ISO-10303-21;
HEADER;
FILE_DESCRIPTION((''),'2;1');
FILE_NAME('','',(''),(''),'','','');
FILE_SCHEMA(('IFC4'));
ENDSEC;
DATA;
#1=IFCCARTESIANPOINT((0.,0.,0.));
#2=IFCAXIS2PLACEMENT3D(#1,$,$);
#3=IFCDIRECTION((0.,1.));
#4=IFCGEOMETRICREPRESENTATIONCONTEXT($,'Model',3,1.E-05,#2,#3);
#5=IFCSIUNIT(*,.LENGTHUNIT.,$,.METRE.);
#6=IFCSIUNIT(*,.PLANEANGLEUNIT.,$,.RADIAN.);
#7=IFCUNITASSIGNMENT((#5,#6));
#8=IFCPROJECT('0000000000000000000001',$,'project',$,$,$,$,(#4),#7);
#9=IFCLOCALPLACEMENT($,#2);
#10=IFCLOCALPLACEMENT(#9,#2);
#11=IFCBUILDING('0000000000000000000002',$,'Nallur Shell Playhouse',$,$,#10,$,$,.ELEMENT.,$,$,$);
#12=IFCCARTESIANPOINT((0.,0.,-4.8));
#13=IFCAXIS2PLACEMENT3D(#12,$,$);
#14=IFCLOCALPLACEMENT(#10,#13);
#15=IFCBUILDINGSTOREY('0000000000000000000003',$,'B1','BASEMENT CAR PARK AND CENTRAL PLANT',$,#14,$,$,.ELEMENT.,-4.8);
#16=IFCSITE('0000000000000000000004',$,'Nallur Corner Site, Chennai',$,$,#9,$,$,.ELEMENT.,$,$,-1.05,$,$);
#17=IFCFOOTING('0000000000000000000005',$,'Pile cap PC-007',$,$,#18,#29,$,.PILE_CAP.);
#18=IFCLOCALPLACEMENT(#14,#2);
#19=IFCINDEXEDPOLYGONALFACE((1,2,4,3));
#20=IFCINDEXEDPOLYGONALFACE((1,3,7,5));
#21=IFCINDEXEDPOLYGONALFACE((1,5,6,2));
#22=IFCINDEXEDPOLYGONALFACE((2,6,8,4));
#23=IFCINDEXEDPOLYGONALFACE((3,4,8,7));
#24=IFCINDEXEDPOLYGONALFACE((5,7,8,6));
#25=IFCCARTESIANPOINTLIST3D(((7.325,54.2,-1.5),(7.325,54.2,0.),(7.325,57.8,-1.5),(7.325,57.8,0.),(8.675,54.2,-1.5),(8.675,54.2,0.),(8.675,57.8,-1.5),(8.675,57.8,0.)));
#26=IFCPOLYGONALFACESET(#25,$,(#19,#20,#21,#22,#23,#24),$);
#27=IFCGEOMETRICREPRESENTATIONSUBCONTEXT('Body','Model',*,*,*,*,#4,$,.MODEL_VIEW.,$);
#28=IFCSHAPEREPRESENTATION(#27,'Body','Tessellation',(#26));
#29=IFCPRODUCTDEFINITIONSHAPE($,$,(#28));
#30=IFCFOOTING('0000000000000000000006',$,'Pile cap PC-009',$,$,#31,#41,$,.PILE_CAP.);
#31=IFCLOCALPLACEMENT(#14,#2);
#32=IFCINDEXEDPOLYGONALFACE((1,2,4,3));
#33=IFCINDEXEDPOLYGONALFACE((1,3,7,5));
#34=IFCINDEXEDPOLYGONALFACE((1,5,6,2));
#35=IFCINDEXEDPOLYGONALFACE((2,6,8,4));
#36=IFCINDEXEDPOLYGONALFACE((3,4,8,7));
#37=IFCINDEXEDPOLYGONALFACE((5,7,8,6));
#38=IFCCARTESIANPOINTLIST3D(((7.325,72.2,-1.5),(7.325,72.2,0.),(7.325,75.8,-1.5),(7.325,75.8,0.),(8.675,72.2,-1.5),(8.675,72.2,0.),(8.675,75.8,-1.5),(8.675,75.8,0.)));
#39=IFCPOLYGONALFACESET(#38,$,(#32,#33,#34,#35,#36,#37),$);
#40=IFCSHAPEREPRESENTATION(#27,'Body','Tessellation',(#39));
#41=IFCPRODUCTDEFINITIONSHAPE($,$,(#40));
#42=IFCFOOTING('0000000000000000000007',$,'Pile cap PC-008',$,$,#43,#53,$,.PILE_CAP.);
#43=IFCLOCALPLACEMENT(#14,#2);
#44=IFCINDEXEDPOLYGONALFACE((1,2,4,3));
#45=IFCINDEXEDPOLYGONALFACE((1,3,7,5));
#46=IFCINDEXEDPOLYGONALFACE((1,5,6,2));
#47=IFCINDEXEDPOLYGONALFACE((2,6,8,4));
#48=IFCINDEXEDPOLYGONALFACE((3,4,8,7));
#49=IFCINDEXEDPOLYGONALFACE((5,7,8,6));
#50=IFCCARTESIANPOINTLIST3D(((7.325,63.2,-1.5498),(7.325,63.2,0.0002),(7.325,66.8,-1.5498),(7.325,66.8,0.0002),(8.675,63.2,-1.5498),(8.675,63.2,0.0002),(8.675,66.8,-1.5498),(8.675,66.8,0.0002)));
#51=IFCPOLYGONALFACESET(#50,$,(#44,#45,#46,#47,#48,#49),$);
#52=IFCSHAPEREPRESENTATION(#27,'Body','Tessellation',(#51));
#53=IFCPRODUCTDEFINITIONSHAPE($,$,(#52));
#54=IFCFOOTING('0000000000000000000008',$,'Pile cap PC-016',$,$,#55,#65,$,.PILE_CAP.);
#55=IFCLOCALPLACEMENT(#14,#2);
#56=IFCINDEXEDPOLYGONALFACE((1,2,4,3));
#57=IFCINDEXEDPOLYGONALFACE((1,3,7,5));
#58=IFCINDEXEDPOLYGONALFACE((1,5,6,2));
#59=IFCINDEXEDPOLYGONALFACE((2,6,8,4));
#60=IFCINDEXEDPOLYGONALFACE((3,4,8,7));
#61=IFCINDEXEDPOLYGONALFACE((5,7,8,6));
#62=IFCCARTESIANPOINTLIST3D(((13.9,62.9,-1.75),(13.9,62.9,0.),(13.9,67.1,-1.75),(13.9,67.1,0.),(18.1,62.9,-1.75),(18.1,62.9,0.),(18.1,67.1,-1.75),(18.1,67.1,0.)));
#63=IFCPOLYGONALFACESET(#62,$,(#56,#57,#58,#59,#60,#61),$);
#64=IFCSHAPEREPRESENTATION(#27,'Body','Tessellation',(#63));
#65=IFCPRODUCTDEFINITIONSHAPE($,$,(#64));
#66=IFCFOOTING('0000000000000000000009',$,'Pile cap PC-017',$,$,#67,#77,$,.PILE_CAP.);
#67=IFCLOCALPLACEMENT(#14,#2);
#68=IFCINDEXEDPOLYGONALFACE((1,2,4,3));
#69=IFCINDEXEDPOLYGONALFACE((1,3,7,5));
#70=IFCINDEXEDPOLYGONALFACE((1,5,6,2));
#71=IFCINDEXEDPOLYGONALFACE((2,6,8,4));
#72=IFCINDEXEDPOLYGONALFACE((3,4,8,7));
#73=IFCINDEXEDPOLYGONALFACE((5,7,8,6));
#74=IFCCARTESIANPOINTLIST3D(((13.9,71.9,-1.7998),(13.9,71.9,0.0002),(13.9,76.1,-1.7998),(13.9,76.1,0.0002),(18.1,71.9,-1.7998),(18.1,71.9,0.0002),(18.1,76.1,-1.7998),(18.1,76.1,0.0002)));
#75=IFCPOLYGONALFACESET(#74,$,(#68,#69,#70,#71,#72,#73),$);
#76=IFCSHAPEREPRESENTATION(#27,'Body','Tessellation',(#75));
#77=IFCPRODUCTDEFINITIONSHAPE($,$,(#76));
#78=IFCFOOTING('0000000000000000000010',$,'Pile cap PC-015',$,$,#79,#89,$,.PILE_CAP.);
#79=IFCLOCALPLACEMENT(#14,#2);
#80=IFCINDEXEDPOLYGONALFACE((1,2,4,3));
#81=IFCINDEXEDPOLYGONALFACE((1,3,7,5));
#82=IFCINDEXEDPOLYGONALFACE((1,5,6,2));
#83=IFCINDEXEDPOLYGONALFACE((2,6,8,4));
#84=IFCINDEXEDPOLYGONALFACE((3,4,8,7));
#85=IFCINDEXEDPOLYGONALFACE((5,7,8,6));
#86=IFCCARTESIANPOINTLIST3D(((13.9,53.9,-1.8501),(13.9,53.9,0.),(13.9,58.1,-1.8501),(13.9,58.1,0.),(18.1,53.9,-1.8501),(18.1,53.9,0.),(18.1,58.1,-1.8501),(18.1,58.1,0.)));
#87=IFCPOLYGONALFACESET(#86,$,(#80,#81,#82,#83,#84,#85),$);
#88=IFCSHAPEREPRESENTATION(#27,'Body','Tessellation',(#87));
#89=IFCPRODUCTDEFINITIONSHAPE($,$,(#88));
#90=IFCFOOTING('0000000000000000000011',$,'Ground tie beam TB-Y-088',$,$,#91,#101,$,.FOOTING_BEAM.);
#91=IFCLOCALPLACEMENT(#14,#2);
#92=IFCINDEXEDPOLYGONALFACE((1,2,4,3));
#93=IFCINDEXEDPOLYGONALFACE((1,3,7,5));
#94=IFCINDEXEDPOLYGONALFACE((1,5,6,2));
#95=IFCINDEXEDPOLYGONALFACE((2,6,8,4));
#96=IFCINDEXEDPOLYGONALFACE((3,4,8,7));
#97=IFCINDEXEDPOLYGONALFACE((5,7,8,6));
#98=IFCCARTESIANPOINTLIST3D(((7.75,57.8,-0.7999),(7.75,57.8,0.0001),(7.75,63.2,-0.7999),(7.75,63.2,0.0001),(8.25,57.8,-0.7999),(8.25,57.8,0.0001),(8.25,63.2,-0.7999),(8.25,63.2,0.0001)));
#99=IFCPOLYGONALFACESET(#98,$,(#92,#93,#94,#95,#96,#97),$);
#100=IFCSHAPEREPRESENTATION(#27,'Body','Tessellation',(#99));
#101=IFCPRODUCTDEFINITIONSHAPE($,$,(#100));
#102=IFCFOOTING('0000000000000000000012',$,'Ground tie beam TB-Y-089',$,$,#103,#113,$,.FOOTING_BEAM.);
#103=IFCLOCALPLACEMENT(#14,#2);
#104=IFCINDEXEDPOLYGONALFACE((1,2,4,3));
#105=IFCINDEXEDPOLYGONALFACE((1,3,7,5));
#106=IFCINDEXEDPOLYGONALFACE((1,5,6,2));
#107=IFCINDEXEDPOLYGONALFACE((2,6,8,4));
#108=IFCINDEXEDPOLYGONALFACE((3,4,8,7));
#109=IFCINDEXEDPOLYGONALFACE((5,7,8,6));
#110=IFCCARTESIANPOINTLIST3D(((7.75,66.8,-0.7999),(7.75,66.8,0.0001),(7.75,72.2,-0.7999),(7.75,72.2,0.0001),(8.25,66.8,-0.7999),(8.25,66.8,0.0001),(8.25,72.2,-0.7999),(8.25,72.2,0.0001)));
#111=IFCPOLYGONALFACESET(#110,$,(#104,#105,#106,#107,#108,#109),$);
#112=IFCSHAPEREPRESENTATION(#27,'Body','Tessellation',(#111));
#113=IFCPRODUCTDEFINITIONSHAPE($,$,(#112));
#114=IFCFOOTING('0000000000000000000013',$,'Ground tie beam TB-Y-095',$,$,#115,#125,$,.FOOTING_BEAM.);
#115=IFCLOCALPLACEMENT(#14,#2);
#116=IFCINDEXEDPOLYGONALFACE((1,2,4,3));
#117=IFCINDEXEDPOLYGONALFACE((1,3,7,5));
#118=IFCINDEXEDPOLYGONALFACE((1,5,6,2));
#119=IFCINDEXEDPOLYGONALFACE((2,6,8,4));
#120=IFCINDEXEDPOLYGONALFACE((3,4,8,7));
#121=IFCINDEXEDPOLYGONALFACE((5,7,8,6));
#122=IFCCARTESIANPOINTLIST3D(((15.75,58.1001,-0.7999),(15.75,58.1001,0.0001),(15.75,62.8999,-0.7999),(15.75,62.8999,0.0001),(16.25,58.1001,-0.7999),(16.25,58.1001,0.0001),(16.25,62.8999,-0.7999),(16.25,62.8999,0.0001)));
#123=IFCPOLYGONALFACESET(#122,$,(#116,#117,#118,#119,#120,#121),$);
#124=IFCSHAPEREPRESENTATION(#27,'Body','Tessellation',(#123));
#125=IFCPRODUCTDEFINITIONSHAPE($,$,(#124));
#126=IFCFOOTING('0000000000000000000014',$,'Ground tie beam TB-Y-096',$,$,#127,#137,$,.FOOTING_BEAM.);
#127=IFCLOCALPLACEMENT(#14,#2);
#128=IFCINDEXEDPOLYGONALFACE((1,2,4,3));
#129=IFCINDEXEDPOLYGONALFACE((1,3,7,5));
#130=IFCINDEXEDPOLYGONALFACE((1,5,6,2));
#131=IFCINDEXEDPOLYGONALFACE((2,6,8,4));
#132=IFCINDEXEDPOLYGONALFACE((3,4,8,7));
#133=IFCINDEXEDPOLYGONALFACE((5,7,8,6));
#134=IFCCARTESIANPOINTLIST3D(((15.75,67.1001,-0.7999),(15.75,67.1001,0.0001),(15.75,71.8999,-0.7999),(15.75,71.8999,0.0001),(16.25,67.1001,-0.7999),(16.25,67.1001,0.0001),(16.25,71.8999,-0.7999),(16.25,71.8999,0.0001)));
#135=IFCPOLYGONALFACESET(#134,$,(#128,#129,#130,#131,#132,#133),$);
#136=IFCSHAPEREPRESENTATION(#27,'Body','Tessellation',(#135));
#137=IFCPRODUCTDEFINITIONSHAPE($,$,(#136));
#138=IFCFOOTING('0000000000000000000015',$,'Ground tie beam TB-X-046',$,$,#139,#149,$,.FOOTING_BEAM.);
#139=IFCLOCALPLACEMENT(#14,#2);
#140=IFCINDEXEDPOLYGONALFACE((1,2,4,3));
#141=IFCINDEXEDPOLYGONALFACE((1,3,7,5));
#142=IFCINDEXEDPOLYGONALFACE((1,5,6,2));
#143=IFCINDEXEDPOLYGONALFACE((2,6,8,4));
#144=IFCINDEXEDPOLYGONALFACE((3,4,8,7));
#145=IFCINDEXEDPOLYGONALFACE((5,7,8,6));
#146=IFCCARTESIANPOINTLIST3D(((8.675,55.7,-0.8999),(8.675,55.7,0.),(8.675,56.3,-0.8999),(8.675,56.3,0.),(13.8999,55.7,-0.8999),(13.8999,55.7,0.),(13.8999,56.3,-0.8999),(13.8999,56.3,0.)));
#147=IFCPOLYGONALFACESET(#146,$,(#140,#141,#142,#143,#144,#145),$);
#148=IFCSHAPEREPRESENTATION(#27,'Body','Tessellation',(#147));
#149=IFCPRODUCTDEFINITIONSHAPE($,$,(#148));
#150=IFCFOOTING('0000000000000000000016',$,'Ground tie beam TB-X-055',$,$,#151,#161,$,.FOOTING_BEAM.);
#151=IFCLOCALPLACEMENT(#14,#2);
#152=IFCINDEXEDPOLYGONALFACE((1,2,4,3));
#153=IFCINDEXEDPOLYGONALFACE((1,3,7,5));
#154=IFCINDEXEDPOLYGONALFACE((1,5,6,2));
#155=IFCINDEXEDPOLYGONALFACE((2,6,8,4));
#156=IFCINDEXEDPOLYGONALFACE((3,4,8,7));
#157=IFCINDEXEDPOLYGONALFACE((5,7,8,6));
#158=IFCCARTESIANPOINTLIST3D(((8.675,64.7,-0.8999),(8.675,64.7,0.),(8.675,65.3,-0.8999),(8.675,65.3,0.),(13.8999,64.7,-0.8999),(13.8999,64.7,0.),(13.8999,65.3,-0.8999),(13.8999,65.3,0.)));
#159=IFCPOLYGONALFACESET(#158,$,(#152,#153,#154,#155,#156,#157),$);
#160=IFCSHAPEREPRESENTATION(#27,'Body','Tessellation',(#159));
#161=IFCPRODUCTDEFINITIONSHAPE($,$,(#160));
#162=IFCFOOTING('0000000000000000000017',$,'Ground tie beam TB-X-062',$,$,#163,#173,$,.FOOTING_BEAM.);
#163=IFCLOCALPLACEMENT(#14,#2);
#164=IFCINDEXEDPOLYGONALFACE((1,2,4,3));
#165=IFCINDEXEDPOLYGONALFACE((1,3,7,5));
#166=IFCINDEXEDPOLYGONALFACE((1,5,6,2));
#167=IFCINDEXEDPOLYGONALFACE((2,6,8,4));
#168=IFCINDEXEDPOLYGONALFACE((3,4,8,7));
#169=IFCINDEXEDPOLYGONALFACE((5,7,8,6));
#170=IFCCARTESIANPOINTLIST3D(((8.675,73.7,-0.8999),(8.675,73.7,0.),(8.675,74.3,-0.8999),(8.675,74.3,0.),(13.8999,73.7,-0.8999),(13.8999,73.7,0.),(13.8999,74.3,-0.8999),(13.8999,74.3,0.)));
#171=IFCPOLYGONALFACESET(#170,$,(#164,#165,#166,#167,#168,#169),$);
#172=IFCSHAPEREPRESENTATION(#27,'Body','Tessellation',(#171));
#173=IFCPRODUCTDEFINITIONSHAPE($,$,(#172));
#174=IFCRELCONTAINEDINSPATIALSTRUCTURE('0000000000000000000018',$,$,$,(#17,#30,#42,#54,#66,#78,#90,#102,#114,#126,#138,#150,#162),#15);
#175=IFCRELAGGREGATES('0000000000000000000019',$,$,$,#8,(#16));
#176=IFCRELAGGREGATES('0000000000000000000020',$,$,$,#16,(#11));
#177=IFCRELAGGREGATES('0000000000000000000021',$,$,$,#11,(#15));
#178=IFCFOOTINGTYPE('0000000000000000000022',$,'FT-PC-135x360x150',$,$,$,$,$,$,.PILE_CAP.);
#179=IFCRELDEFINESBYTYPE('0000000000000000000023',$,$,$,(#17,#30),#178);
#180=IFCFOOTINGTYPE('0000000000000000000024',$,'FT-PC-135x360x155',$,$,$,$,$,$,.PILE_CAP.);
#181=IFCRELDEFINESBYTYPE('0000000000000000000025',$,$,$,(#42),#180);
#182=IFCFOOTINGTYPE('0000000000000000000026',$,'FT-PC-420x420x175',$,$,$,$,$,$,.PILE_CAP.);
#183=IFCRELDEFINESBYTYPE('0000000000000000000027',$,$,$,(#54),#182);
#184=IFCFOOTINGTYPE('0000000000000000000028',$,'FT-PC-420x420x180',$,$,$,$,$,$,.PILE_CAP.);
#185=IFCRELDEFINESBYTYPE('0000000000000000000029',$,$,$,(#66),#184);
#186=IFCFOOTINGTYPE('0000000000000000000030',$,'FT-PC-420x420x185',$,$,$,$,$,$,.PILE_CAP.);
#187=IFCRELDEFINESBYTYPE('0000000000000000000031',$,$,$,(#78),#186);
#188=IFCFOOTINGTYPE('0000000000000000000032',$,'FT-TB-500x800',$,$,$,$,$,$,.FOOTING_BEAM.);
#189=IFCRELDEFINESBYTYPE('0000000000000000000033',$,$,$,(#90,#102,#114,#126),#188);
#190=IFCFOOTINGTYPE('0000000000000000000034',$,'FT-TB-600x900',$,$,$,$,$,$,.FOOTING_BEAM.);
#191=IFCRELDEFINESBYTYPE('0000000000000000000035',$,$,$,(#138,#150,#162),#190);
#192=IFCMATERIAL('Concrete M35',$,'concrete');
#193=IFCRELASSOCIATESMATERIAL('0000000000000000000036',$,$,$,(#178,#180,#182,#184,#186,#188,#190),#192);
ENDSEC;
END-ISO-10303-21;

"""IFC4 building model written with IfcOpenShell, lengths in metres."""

from ifc_helpers import new_model, si_unit, direction, frame, origin, origin_2d, place, context, subcontext, project, spatial, rectangle, extrude, material, material_profile, profile_set, type_object, element, save


model = new_model("IFC4")

# Units and contexts
model_context = context("Model", 3, precision=1e-05, world=origin(), true_north=direction((0.0, 1.0)))
body_context = subcontext(model_context, "Body", "Model", "MODEL_VIEW")
ifc_project = project(units=[si_unit("LENGTHUNIT", "METRE"), si_unit("PLANEANGLEUNIT", "RADIAN")], contexts=[model_context])

# Site, building, storey
site_placement = place(None, origin())
site = spatial("IfcSite", under=ifc_project, at=site_placement, Name="Nallur Corner Site, Chennai", CompositionType="ELEMENT", RefElevation=-1.05)
building_placement = place(site_placement, origin())
building = spatial("IfcBuilding", under=site, at=building_placement, Name="Nallur Shell Playhouse", CompositionType="ELEMENT")
storey_placement = place(building_placement, frame((0.0, 0.0, -4.8)))
storey = spatial("IfcBuildingStorey", under=building, at=storey_placement, Name="B1", Description="BASEMENT CAR PARK AND CENTRAL PLANT", CompositionType="ELEMENT", Elevation=-4.8)

# Footings
ifc_material_1 = material(Name="Concrete M35", Category="concrete")
footing_type_1 = type_object("IfcFootingType", Name="FT-PC-135x360x150", PredefinedType="PILE_CAP", material=ifc_material_1)
for number, where, z_axis, x_axis, name in (
    (1, (8.0, 56.0, -1.5), (0.0, 0.0, 1.0), (1.0, 0.0, 0.0), "Pile cap PC-007"),
    (2, (8.0, 74.0, -1.5), (0.0, 0.0, 1.0), (1.0, 0.0, 0.0), "Pile cap PC-009"),
):
    element("IfcFooting", number, at=place(storey_placement, frame(where, z_axis=z_axis, x_axis=x_axis)), inside=storey, type_object=footing_type_1, Name=name, PredefinedType="PILE_CAP", context=body_context, shape_type="SweptSolid", body=[
        extrude(rectangle(XDim=1.3501, YDim=3.6001, at=origin_2d()), origin(), (0.0, 0.0, 1.0), 1.5),
    ])
footing_type_2 = type_object("IfcFootingType", Name="FT-PC-135x360x155", PredefinedType="PILE_CAP", material=ifc_material_1)
footing_1_placement = place(storey_placement, frame((8.0, 65.0, -1.5498), z_axis=(0.0, 0.0, 1.0), x_axis=(1.0, 0.0, 0.0)))
element("IfcFooting", 3, at=footing_1_placement, inside=storey, type_object=footing_type_2, Name="Pile cap PC-008", PredefinedType="PILE_CAP", context=body_context, shape_type="SweptSolid", body=[
    extrude(rectangle(XDim=1.3501, YDim=3.6001, at=origin_2d()), origin(), (0.0, 0.0, 1.0), 1.55),
])
footing_type_3 = type_object("IfcFootingType", Name="FT-PC-420x420x175", PredefinedType="PILE_CAP", material=ifc_material_1)
footing_2_placement = place(storey_placement, frame((16.0, 65.0, -1.75), z_axis=(0.0, 0.0, 1.0), x_axis=(1.0, 0.0, 0.0)))
element("IfcFooting", 4, at=footing_2_placement, inside=storey, type_object=footing_type_3, Name="Pile cap PC-016", PredefinedType="PILE_CAP", context=body_context, shape_type="SweptSolid", body=[
    extrude(rectangle(XDim=4.2, YDim=4.2, at=origin_2d()), origin(), (0.0, 0.0, 1.0), 1.75),
])
footing_type_4 = type_object("IfcFootingType", Name="FT-PC-420x420x180", PredefinedType="PILE_CAP", material=ifc_material_1)
footing_3_placement = place(storey_placement, frame((16.0, 74.0, -1.7998), z_axis=(0.0, 0.0, 1.0), x_axis=(1.0, 0.0, 0.0)))
element("IfcFooting", 5, at=footing_3_placement, inside=storey, type_object=footing_type_4, Name="Pile cap PC-017", PredefinedType="PILE_CAP", context=body_context, shape_type="SweptSolid", body=[
    extrude(rectangle(XDim=4.2, YDim=4.2, at=origin_2d()), origin(), (0.0, 0.0, 1.0), 1.8),
])
footing_type_5 = type_object("IfcFootingType", Name="FT-PC-420x420x185", PredefinedType="PILE_CAP", material=ifc_material_1)
footing_4_placement = place(storey_placement, frame((16.0, 56.0, -1.8501), z_axis=(0.0, 0.0, 1.0), x_axis=(1.0, 0.0, 0.0)))
element("IfcFooting", 6, at=footing_4_placement, inside=storey, type_object=footing_type_5, Name="Pile cap PC-015", PredefinedType="PILE_CAP", context=body_context, shape_type="SweptSolid", body=[
    extrude(rectangle(XDim=4.2, YDim=4.2, at=origin_2d()), origin(), (0.0, 0.0, 1.0), 1.8501),
])
ifc_material_profile_1 = material_profile(ifc_material_1, rectangle(XDim=0.5, YDim=0.8, at=origin_2d()), Name="RC 500x800")
ifc_profile_set_1 = profile_set([ifc_material_profile_1], Name="Concrete M35")
footing_type_6 = type_object("IfcFootingType", Name="FT-TB-500x800", PredefinedType="FOOTING_BEAM", material=ifc_profile_set_1)
for number, where, z_axis, x_axis, name in (
    (7, (8.0, 57.8, -0.3999), (0.0, 1.0, 0.0), (-1.0, 0.0, 0.0), "Ground tie beam TB-Y-088"),
    (8, (8.0, 66.8, -0.3999), (0.0, 1.0, 0.0), (-1.0, 0.0, 0.0), "Ground tie beam TB-Y-089"),
):
    element("IfcFooting", number, at=place(storey_placement, frame(where, z_axis=z_axis, x_axis=x_axis)), inside=storey, type_object=footing_type_6, Name=name, PredefinedType="FOOTING_BEAM", context=body_context, shape_type="SweptSolid", body=[
        extrude(rectangle(XDim=0.5, YDim=0.8, at=origin_2d()), origin(), (0.0, 0.0, 1.0), 5.3999),
    ])
for number, where, z_axis, x_axis, name in (
    (9, (16.0, 58.1001, -0.3999), (0.0, 1.0, 0.0), (-1.0, 0.0, 0.0), "Ground tie beam TB-Y-095"),
    (10, (16.0, 67.1001, -0.3999), (0.0, 1.0, 0.0), (-1.0, 0.0, 0.0), "Ground tie beam TB-Y-096"),
):
    element("IfcFooting", number, at=place(storey_placement, frame(where, z_axis=z_axis, x_axis=x_axis)), inside=storey, type_object=footing_type_6, Name=name, PredefinedType="FOOTING_BEAM", context=body_context, shape_type="SweptSolid", body=[
        extrude(rectangle(XDim=0.5, YDim=0.8, at=origin_2d()), origin(), (0.0, 0.0, 1.0), 4.7998),
    ])
ifc_material_profile_2 = material_profile(ifc_material_1, rectangle(XDim=0.6001, YDim=0.8999, at=origin_2d()), Name="RC 600x900")
ifc_profile_set_2 = profile_set([ifc_material_profile_2], Name="Concrete M35")
footing_type_7 = type_object("IfcFootingType", Name="FT-TB-600x900", PredefinedType="FOOTING_BEAM", material=ifc_profile_set_2)
for number, where, z_axis, x_axis, name in (
    (11, (8.675, 56.0, -0.45), (1.0, 0.0, 0.0), (0.0, 1.0, 0.0), "Ground tie beam TB-X-046"),
    (12, (8.675, 65.0, -0.45), (1.0, 0.0, 0.0), (0.0, 1.0, 0.0), "Ground tie beam TB-X-055"),
    (13, (8.675, 74.0, -0.45), (1.0, 0.0, 0.0), (0.0, 1.0, 0.0), "Ground tie beam TB-X-062"),
):
    element("IfcFooting", number, at=place(storey_placement, frame(where, z_axis=z_axis, x_axis=x_axis)), inside=storey, type_object=footing_type_7, Name=name, PredefinedType="FOOTING_BEAM", context=body_context, shape_type="SweptSolid", body=[
        extrude(rectangle(XDim=0.6001, YDim=0.8999, at=origin_2d()), origin(), (0.0, 0.0, 1.0), 5.2249),
    ])

save(model, "model.ifc")
